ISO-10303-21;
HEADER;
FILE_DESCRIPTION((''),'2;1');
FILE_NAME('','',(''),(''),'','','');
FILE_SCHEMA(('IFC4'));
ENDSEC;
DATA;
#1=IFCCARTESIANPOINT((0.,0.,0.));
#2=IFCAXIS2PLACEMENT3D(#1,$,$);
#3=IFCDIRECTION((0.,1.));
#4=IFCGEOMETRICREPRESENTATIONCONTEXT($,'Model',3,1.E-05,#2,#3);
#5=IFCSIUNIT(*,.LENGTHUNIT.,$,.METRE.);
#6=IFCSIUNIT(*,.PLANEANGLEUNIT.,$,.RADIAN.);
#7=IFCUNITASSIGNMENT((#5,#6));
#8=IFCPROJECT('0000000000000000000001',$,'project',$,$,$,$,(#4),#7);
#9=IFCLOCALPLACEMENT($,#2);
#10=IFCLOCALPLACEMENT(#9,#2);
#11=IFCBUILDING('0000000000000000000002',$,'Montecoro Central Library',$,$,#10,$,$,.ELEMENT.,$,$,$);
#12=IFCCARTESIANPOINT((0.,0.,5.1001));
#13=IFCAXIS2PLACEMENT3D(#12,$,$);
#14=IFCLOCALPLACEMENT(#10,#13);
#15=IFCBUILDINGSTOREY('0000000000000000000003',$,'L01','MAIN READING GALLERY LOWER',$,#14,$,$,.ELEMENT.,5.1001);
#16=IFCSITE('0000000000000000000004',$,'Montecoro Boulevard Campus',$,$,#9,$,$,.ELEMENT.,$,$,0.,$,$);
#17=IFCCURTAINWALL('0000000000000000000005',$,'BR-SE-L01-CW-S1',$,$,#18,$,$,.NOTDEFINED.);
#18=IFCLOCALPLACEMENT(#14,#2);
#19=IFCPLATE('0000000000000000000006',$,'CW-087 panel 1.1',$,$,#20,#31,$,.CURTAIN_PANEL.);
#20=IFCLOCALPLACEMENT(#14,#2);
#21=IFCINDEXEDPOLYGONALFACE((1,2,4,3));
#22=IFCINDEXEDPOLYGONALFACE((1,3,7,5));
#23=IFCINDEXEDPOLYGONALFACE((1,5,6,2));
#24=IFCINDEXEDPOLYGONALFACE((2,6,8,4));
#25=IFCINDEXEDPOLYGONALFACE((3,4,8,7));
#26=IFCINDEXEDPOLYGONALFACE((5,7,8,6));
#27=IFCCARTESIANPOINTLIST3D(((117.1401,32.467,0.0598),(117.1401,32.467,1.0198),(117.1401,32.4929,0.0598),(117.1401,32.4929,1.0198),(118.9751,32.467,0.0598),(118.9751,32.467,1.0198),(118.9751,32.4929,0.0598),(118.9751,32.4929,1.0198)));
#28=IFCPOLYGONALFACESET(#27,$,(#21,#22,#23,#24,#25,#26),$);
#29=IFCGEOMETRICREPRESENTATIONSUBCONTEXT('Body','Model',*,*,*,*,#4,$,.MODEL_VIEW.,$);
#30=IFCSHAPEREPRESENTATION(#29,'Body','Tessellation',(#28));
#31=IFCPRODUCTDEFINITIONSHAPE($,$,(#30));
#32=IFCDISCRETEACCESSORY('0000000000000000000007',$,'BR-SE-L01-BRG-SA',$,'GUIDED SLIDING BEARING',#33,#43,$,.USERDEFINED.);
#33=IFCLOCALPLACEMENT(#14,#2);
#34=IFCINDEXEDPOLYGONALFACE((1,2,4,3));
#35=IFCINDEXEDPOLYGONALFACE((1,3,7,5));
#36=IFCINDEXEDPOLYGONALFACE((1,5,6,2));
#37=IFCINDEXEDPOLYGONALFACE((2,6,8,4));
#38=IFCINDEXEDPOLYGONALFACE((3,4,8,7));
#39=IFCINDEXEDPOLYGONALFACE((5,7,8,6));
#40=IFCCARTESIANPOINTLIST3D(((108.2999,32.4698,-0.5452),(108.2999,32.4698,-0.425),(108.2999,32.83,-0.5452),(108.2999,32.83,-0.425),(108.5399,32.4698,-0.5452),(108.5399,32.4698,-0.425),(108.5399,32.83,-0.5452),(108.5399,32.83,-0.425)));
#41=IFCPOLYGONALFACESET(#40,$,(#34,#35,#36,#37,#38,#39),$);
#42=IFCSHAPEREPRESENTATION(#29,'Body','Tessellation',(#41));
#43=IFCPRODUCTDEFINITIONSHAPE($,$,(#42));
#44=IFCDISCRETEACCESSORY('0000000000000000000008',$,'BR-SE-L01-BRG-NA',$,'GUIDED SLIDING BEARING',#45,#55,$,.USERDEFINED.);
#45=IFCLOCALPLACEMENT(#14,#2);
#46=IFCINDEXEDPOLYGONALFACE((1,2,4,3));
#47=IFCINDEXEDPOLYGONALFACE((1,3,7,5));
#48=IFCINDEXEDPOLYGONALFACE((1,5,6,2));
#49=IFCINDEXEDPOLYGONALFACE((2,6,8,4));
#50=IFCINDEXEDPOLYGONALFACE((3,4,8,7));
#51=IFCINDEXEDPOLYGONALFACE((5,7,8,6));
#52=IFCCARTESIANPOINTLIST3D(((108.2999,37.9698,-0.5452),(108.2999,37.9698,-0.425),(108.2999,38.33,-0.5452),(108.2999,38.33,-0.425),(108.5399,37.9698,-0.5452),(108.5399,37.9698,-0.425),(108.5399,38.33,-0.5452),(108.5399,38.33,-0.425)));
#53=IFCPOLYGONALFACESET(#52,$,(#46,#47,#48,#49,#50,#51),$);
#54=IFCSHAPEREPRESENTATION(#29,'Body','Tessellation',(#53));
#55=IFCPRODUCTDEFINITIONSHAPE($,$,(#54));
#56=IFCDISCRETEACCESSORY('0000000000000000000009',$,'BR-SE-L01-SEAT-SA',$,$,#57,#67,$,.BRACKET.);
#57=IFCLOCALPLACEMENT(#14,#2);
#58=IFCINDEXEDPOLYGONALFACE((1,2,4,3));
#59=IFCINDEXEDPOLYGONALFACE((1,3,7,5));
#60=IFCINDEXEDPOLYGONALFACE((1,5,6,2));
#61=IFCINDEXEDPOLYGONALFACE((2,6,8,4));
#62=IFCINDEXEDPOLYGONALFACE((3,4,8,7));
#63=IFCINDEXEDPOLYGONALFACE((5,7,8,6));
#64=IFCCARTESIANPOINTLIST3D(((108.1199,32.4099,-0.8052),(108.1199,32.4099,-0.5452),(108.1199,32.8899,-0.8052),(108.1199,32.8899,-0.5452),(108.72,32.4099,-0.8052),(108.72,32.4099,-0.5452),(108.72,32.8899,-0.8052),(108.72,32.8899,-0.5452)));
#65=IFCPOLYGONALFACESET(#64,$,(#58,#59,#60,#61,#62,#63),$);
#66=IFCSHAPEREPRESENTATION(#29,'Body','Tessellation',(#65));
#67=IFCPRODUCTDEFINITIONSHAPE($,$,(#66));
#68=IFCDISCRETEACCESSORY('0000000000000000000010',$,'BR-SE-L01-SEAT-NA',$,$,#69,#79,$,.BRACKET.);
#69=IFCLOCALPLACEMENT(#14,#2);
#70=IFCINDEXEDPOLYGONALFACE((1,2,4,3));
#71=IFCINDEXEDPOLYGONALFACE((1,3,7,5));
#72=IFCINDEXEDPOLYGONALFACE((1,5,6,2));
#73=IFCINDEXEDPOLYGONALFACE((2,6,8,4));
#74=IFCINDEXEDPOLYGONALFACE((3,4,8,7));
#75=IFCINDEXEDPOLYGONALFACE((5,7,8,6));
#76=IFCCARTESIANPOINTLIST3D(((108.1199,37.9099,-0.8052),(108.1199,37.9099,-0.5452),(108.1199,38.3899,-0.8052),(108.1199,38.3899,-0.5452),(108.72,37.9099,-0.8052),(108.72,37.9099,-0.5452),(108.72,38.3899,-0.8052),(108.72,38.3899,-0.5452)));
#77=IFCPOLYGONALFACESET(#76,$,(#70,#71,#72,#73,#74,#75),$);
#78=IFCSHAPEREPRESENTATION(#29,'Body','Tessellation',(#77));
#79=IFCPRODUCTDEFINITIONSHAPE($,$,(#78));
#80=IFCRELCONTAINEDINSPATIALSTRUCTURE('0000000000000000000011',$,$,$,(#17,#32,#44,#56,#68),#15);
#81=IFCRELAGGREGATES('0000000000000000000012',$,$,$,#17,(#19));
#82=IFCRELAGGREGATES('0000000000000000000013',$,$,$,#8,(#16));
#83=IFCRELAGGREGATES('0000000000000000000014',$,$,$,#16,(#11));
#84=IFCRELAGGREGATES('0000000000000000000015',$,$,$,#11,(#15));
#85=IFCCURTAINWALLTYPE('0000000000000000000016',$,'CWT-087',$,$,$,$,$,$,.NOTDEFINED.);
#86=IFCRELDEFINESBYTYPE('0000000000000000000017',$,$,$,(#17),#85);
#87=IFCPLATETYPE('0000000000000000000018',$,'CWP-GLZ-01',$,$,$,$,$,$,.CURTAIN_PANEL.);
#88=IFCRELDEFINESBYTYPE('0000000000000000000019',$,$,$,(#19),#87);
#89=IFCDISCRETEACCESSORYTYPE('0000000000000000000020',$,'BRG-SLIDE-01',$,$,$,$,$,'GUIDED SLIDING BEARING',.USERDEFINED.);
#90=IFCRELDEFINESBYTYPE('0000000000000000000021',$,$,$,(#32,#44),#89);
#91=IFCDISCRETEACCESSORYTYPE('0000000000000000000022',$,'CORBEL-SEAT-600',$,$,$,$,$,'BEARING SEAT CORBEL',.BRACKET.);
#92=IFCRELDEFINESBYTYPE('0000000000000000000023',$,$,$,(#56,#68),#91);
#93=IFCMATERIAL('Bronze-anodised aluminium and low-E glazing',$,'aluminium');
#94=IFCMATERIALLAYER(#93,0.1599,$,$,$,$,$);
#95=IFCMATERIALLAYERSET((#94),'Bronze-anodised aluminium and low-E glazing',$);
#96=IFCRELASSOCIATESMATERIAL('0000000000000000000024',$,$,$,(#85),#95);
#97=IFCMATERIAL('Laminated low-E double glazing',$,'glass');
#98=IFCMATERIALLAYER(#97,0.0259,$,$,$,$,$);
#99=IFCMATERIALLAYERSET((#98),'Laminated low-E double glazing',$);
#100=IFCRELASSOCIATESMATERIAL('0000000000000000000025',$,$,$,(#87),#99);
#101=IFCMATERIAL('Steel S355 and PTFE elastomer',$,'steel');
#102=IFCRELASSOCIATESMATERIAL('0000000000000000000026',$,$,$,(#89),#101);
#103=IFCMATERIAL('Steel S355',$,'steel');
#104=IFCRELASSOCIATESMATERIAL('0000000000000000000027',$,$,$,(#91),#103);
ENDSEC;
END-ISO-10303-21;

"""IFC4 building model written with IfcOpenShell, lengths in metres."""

from ifc_helpers import new_model, si_unit, direction, frame, origin, origin_2d, place, context, subcontext, project, spatial, rectangle, extrude, material, layer, layer_set, type_object, element, aggregate, save


model = new_model("IFC4")

# Units and contexts
model_context = context("Model", 3, precision=1e-05, world=origin(), true_north=direction((0.0, 1.0)))
body_context = subcontext(model_context, "Body", "Model", "MODEL_VIEW")
ifc_project = project(units=[si_unit("LENGTHUNIT", "METRE"), si_unit("PLANEANGLEUNIT", "RADIAN")], contexts=[model_context])

# Site, building, storey
site_placement = place(None, origin())
site = spatial("IfcSite", under=ifc_project, at=site_placement, Name="Montecoro Boulevard Campus", CompositionType="ELEMENT", RefElevation=0.0)
building_placement = place(site_placement, origin())
building = spatial("IfcBuilding", under=site, at=building_placement, Name="Montecoro Central Library", CompositionType="ELEMENT")
storey_placement = place(building_placement, frame((0.0, 0.0, 5.1001)))
storey = spatial("IfcBuildingStorey", under=building, at=storey_placement, Name="L01", Description="MAIN READING GALLERY LOWER", CompositionType="ELEMENT", Elevation=5.1001)

# Shared definitions
ifc_material_1 = material(Name="Steel S355", Category="steel")

# Curtain wall
ifc_material_2 = material(Name="Bronze-anodised aluminium and low-E glazing", Category="aluminium")
ifc_layer_1 = layer(ifc_material_2, 0.1599)
ifc_layer_set_1 = layer_set([ifc_layer_1], Name="Bronze-anodised aluminium and low-E glazing")
curtain_wall_type = type_object("IfcCurtainWallType", Name="CWT-087", PredefinedType="NOTDEFINED", material=ifc_layer_set_1)
curtain_wall_1_placement = place(storey_placement, origin())
curtain_wall_1 = element("IfcCurtainWall", 1, at=curtain_wall_1_placement, inside=storey, type_object=curtain_wall_type, Name="BR-SE-L01-CW-S1", PredefinedType="NOTDEFINED")

# Plate
ifc_material_3 = material(Name="Laminated low-E double glazing", Category="glass")
ifc_layer_2 = layer(ifc_material_3, 0.0259)
ifc_layer_set_2 = layer_set([ifc_layer_2], Name="Laminated low-E double glazing")
plate_type = type_object("IfcPlateType", Name="CWP-GLZ-01", PredefinedType="CURTAIN_PANEL", material=ifc_layer_set_2)
plate_placement = place(storey_placement, frame((118.0576, 32.48, 0.0598), z_axis=(0.0, 0.0, 1.0), x_axis=(1.0, 0.0, 0.0)))
plate = element("IfcPlate", 2, at=plate_placement, type_object=plate_type, Name="CW-087 panel 1.1", PredefinedType="CURTAIN_PANEL", context=body_context, shape_type="SweptSolid", body=[
    extrude(rectangle(XDim=1.835, YDim=0.0259, at=origin_2d()), origin(), (0.0, 0.0, 1.0), 0.96),
])
aggregate(curtain_wall_1, [plate])

# Discrete accessories
ifc_material_4 = material(Name="Steel S355 and PTFE elastomer", Category="steel")
discrete_accessory_type_1 = type_object("IfcDiscreteAccessoryType", Name="BRG-SLIDE-01", ElementType="GUIDED SLIDING BEARING", PredefinedType="USERDEFINED", material=ifc_material_4)
for number, where, z_axis, x_axis, name in (
    (3, (108.4199, 32.6499, -0.5452), (0.0, 0.0, 1.0), (1.0, 0.0, 0.0), "BR-SE-L01-BRG-SA"),
    (4, (108.4199, 38.1499, -0.5452), (0.0, 0.0, 1.0), (1.0, 0.0, 0.0), "BR-SE-L01-BRG-NA"),
):
    element("IfcDiscreteAccessory", number, at=place(storey_placement, frame(where, z_axis=z_axis, x_axis=x_axis)), inside=storey, type_object=discrete_accessory_type_1, Name=name, ObjectType="GUIDED SLIDING BEARING", PredefinedType="USERDEFINED", context=body_context, shape_type="SweptSolid", body=[
        extrude(rectangle(XDim=0.24, YDim=0.3601, at=origin_2d()), origin(), (0.0, 0.0, 1.0), 0.1201),
    ])
discrete_accessory_type_2 = type_object("IfcDiscreteAccessoryType", Name="CORBEL-SEAT-600", ElementType="BEARING SEAT CORBEL", PredefinedType="BRACKET", material=ifc_material_1)
for number, where, z_axis, x_axis, name in (
    (5, (108.4199, 32.6499, -0.8052), (0.0, 0.0, 1.0), (1.0, 0.0, 0.0), "BR-SE-L01-SEAT-SA"),
    (6, (108.4199, 38.1499, -0.8052), (0.0, 0.0, 1.0), (1.0, 0.0, 0.0), "BR-SE-L01-SEAT-NA"),
):
    element("IfcDiscreteAccessory", number, at=place(storey_placement, frame(where, z_axis=z_axis, x_axis=x_axis)), inside=storey, type_object=discrete_accessory_type_2, Name=name, PredefinedType="BRACKET", context=body_context, shape_type="SweptSolid", body=[
        extrude(rectangle(XDim=0.6001, YDim=0.48, at=origin_2d()), origin(), (0.0, 0.0, 1.0), 0.26),
    ])

save(model, "model.ifc")
